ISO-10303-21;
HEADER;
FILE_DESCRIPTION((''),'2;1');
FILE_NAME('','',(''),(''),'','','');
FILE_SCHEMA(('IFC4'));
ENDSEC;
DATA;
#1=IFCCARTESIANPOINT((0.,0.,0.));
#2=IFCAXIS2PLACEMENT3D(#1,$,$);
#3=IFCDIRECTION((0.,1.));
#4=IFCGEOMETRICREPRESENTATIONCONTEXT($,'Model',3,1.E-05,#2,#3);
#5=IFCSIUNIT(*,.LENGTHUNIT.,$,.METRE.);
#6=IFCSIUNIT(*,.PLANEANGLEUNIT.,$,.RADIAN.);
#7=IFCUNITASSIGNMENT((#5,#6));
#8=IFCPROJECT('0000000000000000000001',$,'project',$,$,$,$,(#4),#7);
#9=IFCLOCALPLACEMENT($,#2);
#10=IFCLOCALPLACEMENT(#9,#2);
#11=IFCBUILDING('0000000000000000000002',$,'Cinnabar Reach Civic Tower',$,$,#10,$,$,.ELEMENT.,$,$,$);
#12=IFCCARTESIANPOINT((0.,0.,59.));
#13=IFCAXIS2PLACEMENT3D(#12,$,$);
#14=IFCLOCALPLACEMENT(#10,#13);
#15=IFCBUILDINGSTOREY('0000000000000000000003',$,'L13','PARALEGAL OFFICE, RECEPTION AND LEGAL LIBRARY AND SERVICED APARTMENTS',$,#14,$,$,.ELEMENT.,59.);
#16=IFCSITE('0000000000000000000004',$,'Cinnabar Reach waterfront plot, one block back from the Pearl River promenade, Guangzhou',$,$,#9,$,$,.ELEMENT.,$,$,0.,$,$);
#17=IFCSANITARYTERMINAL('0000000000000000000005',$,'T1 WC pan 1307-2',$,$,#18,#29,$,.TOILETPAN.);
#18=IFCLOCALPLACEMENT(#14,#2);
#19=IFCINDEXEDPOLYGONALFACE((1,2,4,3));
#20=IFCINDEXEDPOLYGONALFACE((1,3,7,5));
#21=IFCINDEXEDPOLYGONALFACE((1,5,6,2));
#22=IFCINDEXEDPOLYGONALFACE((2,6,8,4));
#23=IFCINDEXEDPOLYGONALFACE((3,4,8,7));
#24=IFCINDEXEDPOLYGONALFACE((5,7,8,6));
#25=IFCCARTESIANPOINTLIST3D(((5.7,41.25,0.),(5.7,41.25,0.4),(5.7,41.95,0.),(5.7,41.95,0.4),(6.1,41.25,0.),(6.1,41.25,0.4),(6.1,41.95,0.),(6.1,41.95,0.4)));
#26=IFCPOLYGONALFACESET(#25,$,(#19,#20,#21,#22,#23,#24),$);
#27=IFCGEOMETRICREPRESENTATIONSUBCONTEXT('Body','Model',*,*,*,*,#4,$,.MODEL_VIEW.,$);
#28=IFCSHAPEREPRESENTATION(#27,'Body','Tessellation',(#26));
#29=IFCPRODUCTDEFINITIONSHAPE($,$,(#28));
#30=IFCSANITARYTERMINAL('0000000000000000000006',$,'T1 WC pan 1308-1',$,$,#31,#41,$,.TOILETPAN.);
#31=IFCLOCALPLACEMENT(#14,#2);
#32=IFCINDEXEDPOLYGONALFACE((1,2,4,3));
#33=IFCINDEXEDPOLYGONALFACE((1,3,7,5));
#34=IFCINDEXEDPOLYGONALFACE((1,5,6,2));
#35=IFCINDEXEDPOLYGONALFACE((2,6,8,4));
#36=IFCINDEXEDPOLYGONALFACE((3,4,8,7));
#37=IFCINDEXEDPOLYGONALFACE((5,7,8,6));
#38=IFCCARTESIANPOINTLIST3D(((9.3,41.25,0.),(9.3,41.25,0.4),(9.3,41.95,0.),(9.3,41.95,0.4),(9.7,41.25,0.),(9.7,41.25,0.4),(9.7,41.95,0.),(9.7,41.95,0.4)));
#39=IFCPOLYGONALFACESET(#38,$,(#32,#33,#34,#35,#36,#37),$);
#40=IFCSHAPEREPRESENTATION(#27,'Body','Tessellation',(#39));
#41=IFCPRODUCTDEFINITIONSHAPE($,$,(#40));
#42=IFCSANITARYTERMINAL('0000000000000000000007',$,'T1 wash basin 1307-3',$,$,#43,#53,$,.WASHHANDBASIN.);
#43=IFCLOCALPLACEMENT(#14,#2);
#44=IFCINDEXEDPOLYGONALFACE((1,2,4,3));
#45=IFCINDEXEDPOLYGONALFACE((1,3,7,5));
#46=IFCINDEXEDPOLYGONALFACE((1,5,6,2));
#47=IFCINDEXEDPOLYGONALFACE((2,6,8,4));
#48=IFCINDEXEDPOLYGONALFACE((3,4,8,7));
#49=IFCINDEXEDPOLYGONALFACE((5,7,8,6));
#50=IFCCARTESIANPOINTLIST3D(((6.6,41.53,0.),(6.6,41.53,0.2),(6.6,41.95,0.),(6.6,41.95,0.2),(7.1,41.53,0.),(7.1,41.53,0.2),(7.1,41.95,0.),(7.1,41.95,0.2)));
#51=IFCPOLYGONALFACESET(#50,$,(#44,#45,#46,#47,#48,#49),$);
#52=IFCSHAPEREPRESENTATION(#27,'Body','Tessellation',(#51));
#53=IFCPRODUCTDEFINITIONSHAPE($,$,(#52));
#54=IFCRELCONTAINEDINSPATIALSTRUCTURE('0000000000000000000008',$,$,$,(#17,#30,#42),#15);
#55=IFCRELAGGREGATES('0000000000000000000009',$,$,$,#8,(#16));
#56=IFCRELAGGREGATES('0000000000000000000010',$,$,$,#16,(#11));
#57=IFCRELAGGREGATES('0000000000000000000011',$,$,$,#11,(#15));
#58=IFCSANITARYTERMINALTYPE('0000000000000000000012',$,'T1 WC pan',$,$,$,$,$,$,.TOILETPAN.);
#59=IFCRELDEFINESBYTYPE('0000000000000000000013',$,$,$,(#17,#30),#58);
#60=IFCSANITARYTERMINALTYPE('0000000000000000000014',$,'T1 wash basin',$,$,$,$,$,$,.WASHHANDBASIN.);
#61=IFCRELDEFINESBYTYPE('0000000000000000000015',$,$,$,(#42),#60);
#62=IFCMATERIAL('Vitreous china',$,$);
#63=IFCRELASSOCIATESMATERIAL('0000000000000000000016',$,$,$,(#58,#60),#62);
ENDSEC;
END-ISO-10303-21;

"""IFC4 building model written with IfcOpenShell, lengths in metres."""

from ifc_helpers import new_model, si_unit, direction, frame, origin, origin_2d, place, context, subcontext, project, spatial, rectangle, extrude, material, type_object, element, save


model = new_model("IFC4")

# Units and contexts
model_context = context("Model", 3, precision=1e-05, world=origin(), true_north=direction((0.0, 1.0)))
body_context = subcontext(model_context, "Body", "Model", "MODEL_VIEW")
ifc_project = project(units=[si_unit("LENGTHUNIT", "METRE"), si_unit("PLANEANGLEUNIT", "RADIAN")], contexts=[model_context])

# Site, building, storey
site_placement = place(None, origin())
site = spatial("IfcSite", under=ifc_project, at=site_placement, Name="Cinnabar Reach waterfront plot, one block back from the Pearl River promenade, Guangzhou", CompositionType="ELEMENT", RefElevation=0.0)
building_placement = place(site_placement, origin())
building = spatial("IfcBuilding", under=site, at=building_placement, Name="Cinnabar Reach Civic Tower", CompositionType="ELEMENT")
storey_placement = place(building_placement, frame((0.0, 0.0, 59.0)))
storey = spatial("IfcBuildingStorey", under=building, at=storey_placement, Name="L13", Description="PARALEGAL OFFICE, RECEPTION AND LEGAL LIBRARY AND SERVICED APARTMENTS", CompositionType="ELEMENT", Elevation=59.0)

# Sanitary terminals
ifc_material_1 = material(Name="Vitreous china")
sanitary_terminal_type_1 = type_object("IfcSanitaryTerminalType", Name="T1 WC pan", PredefinedType="TOILETPAN", material=ifc_material_1)
for number, where, z_axis, x_axis, name in (
    (1, (5.9, 41.6, 0.0), (0.0, 0.0, 1.0), (1.0, 0.0, 0.0), "T1 WC pan 1307-2"),
    (2, (9.5, 41.6, 0.0), (0.0, 0.0, 1.0), (1.0, 0.0, 0.0), "T1 WC pan 1308-1"),
):
    element("IfcSanitaryTerminal", number, at=place(storey_placement, frame(where, z_axis=z_axis, x_axis=x_axis)), inside=storey, type_object=sanitary_terminal_type_1, Name=name, PredefinedType="TOILETPAN", context=body_context, shape_type="SweptSolid", body=[
        extrude(rectangle(XDim=0.4, YDim=0.7, at=origin_2d()), origin(), (0.0, 0.0, 1.0), 0.4),
    ])
sanitary_terminal_type_2 = type_object("IfcSanitaryTerminalType", Name="T1 wash basin", PredefinedType="WASHHANDBASIN", material=ifc_material_1)
sanitary_terminal_placement = place(storey_placement, frame((6.85, 41.74, 0.0), z_axis=(0.0, 0.0, 1.0), x_axis=(1.0, 0.0, 0.0)))
element("IfcSanitaryTerminal", 3, at=sanitary_terminal_placement, inside=storey, type_object=sanitary_terminal_type_2, Name="T1 wash basin 1307-3", PredefinedType="WASHHANDBASIN", context=body_context, shape_type="SweptSolid", body=[
    extrude(rectangle(XDim=0.5, YDim=0.42, at=origin_2d()), origin(), (0.0, 0.0, 1.0), 0.2),
])

save(model, "model.ifc")
